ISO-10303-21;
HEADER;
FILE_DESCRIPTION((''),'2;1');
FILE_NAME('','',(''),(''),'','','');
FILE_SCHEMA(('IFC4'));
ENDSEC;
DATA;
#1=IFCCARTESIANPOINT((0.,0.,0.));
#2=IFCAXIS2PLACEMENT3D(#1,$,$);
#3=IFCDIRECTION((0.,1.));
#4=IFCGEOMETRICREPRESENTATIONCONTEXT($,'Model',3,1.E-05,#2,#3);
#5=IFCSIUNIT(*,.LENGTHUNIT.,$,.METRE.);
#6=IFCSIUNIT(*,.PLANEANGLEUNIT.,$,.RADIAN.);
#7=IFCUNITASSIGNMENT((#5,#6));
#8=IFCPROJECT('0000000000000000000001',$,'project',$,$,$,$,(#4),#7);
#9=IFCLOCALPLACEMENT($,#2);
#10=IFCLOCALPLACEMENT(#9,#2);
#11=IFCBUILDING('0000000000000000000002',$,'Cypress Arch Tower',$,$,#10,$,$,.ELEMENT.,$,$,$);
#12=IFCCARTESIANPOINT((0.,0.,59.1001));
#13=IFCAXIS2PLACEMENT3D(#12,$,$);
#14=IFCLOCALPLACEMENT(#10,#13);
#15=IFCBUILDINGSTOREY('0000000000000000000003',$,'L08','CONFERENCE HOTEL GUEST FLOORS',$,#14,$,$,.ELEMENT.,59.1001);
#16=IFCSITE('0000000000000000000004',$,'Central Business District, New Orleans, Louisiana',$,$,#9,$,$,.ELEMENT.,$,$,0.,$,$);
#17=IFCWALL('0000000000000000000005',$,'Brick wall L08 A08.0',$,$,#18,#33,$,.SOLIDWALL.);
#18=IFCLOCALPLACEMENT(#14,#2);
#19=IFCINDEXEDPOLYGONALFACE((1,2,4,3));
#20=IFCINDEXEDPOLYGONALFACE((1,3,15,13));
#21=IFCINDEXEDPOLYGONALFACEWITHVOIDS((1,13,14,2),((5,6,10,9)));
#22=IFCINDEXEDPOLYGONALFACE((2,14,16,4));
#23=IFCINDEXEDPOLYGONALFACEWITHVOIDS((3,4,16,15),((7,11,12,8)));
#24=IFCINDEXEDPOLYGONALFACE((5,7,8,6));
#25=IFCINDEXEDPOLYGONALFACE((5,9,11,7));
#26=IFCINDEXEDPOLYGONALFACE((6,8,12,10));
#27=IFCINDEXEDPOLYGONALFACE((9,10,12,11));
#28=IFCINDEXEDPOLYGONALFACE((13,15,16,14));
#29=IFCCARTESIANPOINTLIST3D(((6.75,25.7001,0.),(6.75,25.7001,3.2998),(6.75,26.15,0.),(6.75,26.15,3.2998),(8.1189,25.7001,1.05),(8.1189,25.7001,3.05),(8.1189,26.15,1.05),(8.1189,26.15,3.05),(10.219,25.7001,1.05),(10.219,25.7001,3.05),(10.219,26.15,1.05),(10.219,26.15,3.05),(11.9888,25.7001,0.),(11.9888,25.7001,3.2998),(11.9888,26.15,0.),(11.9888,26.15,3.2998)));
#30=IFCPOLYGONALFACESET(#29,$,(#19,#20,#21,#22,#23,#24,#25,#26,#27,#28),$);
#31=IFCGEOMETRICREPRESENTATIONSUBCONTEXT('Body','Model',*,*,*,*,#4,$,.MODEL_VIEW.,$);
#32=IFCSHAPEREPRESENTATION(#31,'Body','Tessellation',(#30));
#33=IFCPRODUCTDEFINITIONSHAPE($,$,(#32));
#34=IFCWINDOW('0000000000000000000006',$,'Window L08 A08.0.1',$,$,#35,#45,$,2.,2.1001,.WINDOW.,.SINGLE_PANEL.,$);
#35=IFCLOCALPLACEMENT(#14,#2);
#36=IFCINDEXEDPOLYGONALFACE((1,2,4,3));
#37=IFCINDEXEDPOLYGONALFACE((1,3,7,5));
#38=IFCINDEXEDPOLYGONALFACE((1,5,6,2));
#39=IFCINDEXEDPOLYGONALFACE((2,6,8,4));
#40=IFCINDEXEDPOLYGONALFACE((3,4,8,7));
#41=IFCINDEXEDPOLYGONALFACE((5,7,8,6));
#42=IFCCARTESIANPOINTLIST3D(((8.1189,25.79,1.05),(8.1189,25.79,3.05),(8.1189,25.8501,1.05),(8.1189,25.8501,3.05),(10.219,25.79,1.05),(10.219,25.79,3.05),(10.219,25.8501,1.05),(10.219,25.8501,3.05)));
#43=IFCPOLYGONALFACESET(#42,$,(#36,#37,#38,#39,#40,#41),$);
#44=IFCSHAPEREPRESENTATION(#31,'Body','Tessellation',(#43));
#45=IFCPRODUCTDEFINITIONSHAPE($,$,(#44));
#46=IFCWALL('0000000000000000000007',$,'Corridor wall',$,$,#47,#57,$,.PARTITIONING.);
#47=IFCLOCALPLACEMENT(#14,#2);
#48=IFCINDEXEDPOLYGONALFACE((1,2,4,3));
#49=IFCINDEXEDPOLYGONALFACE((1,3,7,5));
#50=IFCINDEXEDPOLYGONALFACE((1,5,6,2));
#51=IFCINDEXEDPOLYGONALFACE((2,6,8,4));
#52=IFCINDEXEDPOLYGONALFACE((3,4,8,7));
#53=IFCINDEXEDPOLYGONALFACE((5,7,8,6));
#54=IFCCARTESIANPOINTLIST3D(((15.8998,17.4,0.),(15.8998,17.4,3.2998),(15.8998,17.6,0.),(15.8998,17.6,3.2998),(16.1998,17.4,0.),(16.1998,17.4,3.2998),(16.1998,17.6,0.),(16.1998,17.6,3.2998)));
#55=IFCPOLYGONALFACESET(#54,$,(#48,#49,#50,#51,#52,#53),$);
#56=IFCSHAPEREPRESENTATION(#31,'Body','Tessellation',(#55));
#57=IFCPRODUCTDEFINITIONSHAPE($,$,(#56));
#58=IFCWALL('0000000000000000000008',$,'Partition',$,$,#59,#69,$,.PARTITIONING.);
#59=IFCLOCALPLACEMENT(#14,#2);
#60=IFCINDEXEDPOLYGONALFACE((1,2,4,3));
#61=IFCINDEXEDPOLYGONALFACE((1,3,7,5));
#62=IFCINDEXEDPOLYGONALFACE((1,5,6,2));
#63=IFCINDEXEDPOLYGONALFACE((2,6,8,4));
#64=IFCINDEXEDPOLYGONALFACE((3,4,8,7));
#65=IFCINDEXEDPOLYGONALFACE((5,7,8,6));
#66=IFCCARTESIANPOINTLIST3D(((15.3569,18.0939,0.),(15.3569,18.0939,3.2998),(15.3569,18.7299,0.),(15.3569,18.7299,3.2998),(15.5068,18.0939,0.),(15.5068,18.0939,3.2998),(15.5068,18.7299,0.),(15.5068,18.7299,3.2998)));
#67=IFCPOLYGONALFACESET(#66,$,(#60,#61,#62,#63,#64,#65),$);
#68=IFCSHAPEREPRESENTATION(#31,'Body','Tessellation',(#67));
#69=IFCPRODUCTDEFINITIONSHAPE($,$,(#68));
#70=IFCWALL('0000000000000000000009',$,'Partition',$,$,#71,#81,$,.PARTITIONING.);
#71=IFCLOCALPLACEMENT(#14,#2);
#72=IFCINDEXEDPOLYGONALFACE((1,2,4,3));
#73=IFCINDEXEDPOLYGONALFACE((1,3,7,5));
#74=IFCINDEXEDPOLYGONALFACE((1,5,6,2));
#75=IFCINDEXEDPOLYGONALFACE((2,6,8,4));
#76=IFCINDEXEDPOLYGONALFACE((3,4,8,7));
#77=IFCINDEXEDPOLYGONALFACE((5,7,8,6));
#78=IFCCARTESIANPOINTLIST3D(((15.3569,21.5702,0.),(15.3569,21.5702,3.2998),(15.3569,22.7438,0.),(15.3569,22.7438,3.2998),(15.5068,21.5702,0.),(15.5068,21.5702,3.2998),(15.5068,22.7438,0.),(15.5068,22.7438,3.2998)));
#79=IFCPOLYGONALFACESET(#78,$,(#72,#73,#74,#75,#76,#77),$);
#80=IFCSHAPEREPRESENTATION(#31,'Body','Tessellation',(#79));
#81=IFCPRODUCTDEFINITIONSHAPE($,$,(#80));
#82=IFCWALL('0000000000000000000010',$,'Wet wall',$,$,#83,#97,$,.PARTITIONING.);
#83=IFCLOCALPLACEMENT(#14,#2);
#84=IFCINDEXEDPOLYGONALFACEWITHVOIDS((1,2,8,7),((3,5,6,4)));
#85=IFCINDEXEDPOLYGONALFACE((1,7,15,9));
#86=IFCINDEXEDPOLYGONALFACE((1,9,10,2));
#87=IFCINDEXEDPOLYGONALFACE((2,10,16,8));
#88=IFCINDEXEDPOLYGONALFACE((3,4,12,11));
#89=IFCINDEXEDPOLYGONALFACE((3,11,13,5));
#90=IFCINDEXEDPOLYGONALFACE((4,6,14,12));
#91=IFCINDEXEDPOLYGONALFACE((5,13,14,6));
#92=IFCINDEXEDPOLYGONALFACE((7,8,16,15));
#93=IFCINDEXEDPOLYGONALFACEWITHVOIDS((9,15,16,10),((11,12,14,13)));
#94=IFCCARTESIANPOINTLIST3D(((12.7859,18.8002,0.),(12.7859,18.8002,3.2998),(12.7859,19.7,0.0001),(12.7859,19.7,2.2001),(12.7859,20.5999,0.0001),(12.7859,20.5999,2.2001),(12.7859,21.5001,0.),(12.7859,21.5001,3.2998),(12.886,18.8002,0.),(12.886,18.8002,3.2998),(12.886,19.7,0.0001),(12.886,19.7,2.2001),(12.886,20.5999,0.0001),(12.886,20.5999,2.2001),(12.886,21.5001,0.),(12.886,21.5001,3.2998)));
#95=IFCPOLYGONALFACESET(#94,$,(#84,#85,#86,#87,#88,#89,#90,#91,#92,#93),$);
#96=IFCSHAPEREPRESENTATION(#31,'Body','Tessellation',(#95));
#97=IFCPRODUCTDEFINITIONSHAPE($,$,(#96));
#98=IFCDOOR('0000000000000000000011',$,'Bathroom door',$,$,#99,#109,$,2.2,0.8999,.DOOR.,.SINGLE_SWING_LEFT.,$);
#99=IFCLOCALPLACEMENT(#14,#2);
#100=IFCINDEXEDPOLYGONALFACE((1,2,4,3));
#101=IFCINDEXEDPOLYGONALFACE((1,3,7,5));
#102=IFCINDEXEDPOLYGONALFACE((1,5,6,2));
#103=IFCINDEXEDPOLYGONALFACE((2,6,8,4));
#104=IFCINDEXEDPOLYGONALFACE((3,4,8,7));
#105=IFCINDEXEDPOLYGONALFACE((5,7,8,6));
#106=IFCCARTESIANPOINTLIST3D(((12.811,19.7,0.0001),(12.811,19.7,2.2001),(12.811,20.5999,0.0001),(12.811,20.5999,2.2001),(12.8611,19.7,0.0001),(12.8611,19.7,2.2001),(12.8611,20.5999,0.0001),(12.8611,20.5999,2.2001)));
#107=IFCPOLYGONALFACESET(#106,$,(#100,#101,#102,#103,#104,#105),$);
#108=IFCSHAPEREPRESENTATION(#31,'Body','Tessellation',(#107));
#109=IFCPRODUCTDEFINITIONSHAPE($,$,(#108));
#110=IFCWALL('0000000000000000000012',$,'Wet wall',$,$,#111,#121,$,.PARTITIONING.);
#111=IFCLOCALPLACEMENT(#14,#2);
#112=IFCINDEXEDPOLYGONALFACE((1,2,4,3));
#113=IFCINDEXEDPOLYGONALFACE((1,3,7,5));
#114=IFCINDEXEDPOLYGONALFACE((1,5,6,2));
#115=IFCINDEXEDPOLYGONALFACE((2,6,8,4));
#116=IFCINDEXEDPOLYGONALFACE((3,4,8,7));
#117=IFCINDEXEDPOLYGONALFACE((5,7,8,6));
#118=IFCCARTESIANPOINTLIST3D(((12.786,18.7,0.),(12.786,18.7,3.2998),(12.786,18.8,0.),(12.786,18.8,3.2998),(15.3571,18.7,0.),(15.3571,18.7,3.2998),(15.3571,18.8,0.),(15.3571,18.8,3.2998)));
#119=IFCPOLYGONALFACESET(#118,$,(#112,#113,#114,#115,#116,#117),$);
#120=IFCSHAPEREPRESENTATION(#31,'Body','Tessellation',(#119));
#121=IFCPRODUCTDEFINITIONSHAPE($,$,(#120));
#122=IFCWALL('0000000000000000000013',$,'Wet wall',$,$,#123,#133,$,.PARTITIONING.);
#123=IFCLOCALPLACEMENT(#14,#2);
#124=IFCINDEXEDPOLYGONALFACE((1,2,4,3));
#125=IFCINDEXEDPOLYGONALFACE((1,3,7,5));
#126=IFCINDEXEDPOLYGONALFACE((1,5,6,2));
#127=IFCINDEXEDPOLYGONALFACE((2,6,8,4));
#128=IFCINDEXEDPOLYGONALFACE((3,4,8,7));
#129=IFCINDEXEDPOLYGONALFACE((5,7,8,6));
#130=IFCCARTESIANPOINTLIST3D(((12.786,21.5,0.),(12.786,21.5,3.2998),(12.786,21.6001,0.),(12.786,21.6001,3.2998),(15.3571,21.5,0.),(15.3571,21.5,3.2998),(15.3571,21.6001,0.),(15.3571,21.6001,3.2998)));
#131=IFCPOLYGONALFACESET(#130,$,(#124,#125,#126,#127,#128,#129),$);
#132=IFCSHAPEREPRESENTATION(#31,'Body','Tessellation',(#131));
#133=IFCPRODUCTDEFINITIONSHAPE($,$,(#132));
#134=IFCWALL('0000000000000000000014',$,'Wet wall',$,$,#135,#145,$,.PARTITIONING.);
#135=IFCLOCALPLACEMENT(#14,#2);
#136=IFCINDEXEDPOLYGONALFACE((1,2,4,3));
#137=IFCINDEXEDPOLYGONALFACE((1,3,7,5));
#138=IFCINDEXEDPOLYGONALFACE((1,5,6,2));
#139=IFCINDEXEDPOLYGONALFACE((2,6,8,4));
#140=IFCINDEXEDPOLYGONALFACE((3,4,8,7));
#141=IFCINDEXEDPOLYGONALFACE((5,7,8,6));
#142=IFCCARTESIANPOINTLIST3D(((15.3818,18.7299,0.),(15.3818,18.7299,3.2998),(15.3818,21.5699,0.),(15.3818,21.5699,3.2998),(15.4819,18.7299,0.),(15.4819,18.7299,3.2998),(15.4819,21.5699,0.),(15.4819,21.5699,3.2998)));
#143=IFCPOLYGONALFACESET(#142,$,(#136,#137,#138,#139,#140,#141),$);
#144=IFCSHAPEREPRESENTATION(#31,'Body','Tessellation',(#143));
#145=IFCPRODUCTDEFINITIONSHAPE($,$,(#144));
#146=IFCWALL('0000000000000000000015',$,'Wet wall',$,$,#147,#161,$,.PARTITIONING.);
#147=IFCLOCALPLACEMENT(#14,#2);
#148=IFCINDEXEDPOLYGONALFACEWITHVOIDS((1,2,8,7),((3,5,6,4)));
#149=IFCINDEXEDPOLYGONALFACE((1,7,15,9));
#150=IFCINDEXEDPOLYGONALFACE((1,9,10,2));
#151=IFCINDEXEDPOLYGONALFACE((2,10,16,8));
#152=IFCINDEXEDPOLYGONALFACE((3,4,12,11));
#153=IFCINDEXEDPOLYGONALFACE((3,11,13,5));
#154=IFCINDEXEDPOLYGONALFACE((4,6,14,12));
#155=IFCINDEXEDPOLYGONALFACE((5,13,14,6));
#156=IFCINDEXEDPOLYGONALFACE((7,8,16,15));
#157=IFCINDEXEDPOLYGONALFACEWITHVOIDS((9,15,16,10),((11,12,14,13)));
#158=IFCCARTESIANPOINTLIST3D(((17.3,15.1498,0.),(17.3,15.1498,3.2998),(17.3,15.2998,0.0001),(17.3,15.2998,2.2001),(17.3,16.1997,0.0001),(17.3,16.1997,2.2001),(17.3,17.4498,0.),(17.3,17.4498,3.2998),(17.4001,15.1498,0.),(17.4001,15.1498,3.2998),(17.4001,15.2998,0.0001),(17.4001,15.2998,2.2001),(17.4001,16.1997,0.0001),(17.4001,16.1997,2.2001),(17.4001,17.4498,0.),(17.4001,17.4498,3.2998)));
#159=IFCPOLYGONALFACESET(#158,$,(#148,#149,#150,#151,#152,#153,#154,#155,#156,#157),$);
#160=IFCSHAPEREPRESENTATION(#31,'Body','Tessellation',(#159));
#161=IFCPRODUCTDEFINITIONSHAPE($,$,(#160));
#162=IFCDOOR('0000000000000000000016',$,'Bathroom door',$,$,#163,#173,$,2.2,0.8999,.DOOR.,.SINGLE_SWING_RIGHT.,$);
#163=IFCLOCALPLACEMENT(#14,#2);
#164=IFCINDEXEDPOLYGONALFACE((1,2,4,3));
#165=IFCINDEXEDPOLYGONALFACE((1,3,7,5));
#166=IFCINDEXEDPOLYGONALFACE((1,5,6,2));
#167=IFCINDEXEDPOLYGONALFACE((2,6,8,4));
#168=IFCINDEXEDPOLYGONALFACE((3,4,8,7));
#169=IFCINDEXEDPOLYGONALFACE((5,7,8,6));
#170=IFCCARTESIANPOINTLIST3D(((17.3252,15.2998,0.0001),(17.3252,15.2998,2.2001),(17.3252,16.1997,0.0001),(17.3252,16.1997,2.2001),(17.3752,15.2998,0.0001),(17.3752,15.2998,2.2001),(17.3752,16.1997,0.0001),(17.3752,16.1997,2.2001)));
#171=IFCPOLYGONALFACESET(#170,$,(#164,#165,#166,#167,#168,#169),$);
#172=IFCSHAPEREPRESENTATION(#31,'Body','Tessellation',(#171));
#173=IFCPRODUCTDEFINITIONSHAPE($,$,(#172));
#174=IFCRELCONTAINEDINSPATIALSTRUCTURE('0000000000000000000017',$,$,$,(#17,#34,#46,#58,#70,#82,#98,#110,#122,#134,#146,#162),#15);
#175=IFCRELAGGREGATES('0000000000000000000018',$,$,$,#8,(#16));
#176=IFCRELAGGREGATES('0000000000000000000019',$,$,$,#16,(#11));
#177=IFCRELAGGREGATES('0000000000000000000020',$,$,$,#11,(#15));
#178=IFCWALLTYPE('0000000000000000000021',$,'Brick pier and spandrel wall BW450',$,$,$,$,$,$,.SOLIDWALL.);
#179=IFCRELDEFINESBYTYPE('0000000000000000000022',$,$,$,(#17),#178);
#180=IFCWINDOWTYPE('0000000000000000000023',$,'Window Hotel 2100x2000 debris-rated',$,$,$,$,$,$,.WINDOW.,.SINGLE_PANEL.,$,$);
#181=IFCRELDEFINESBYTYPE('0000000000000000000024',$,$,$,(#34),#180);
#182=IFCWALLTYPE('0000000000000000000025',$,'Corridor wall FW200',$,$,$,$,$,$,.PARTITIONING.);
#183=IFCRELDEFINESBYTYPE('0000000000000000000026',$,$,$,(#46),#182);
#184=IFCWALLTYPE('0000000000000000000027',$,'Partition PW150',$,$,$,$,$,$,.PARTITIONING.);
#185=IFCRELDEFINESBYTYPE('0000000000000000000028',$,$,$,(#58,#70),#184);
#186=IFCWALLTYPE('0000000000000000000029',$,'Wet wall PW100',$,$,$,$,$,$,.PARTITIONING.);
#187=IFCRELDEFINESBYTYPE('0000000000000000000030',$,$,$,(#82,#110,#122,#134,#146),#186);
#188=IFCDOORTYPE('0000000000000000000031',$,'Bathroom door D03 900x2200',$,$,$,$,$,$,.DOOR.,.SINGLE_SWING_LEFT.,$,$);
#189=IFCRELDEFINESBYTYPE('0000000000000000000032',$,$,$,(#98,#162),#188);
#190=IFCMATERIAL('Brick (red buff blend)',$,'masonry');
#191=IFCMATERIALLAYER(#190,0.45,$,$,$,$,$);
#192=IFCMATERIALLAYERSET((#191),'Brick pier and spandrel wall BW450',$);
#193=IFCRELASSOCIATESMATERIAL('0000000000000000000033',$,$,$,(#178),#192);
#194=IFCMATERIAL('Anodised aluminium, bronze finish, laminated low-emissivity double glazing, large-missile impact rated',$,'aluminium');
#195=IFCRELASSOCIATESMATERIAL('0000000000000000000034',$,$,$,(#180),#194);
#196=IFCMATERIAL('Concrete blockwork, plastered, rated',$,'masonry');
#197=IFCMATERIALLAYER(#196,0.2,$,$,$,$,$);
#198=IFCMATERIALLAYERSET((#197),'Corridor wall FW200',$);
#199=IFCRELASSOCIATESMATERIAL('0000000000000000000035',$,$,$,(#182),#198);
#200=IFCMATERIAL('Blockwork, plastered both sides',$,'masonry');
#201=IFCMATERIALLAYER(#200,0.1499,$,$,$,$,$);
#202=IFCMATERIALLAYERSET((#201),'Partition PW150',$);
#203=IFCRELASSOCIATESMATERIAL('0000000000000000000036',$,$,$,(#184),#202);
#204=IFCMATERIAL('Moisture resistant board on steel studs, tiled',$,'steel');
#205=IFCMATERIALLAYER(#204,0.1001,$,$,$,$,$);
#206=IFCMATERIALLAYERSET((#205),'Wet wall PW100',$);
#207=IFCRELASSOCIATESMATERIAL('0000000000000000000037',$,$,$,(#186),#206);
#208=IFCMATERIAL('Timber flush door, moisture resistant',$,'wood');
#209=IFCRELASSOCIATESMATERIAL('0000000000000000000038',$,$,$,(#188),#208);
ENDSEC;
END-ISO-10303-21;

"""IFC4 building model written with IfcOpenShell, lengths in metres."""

from ifc_helpers import new_model, si_unit, direction, frame, frame_2d, origin, place, context, subcontext, project, spatial, rectangle, extrude, material, layer, layer_set, type_object, element, fill, save


model = new_model("IFC4")

# Units and contexts
model_context = context("Model", 3, precision=1e-05, world=origin(), true_north=direction((0.0, 1.0)))
body_context = subcontext(model_context, "Body", "Model", "MODEL_VIEW")
ifc_project = project(units=[si_unit("LENGTHUNIT", "METRE"), si_unit("PLANEANGLEUNIT", "RADIAN")], contexts=[model_context])

# Site, building, storey
site_placement = place(None, origin())
site = spatial("IfcSite", under=ifc_project, at=site_placement, Name="Central Business District, New Orleans, Louisiana", CompositionType="ELEMENT", RefElevation=0.0)
building_placement = place(site_placement, origin())
building = spatial("IfcBuilding", under=site, at=building_placement, Name="Cypress Arch Tower", CompositionType="ELEMENT")
storey_placement = place(building_placement, frame((0.0, 0.0, 59.1001)))
storey = spatial("IfcBuildingStorey", under=building, at=storey_placement, Name="L08", Description="CONFERENCE HOTEL GUEST FLOORS", CompositionType="ELEMENT", Elevation=59.1001)

# Shared definitions
ifc_material_1 = material(Name="Brick (red buff blend)", Category="masonry")
ifc_layer_1 = layer(ifc_material_1, 0.45)
ifc_layer_set_1 = layer_set([ifc_layer_1], Name="Brick pier and spandrel wall BW450")
wall_type_1 = type_object("IfcWallType", Name="Brick pier and spandrel wall BW450", PredefinedType="SOLIDWALL", material=ifc_layer_set_1)

# Wall, opening, window
wall_1_placement = place(storey_placement, frame((11.9888, 25.925, 0.0), z_axis=(0.0, 0.0, 1.0), x_axis=(-1.0, 0.0, 0.0)))
wall_1 = element("IfcWall", 1, at=wall_1_placement, inside=storey, type_object=wall_type_1, Name="Brick wall L08 A08.0", PredefinedType="SOLIDWALL", context=body_context, shape_type="SweptSolid", body=[
    extrude(rectangle(XDim=5.2388, YDim=0.45, at=frame_2d((2.6194, 0.0))), origin(), (0.0, 0.0, 1.0), 3.2998),
])
opening_1_placement = place(wall_1_placement, frame((1.7698, 0.0, 1.05)))
opening_1 = element("IfcOpeningElement", 2, at=opening_1_placement, cuts=wall_1, PredefinedType="OPENING", context=body_context, shape_type="SweptSolid", body=[
    extrude(rectangle(XDim=2.1001, YDim=2.0, at=frame_2d((1.05, 1.0))), frame((0.0, 0.2349, 0.0), z_axis=(0.0, -1.0, 0.0), x_axis=(1.0, 0.0, 0.0)), (0.0, 0.0, 1.0), 0.47),
])
ifc_material_2 = material(Name="Anodised aluminium, bronze finish, laminated low-emissivity double glazing, large-missile impact rated", Category="aluminium")
window_type_1 = type_object("IfcWindowType", Name="Window Hotel 2100x2000 debris-rated", PartitioningType="SINGLE_PANEL", PredefinedType="WINDOW", material=ifc_material_2)
window_1_placement = place(opening_1_placement, origin())
window_1 = element("IfcWindow", 3, at=window_1_placement, inside=storey, type_object=window_type_1, Name="Window L08 A08.0.1", OverallHeight=2.0, OverallWidth=2.1001, PartitioningType="SINGLE_PANEL", PredefinedType="WINDOW", context=body_context, shape_type="SweptSolid", body=[
    extrude(rectangle(XDim=2.1001, YDim=2.0, at=frame_2d((1.05, 1.0))), frame((0.0, 0.135, 0.0), z_axis=(0.0, -1.0, 0.0), x_axis=(1.0, 0.0, 0.0)), (0.0, 0.0, 1.0), 0.0601),
])
fill(opening_1, window_1)

# Walls
ifc_material_3 = material(Name="Concrete blockwork, plastered, rated", Category="masonry")
ifc_layer_2 = layer(ifc_material_3, 0.2)
ifc_layer_set_2 = layer_set([ifc_layer_2], Name="Corridor wall FW200")
wall_type_2 = type_object("IfcWallType", Name="Corridor wall FW200", PredefinedType="PARTITIONING", material=ifc_layer_set_2)
wall_2_placement = place(storey_placement, frame((15.8999, 17.5, 0.0), z_axis=(0.0, 0.0, 1.0), x_axis=(1.0, 0.0, 0.0)))
element("IfcWall", 4, at=wall_2_placement, inside=storey, type_object=wall_type_2, Name="Corridor wall", PredefinedType="PARTITIONING", context=body_context, shape_type="SweptSolid", body=[
    extrude(rectangle(XDim=0.3, YDim=0.2, at=frame_2d((0.1499, 0.0))), origin(), (0.0, 0.0, 1.0), 3.2998),
])
ifc_material_4 = material(Name="Blockwork, plastered both sides", Category="masonry")
ifc_layer_3 = layer(ifc_material_4, 0.1499)
ifc_layer_set_3 = layer_set([ifc_layer_3], Name="Partition PW150")
wall_type_3 = type_object("IfcWallType", Name="Partition PW150", PredefinedType="PARTITIONING", material=ifc_layer_set_3)
wall_3_placement = place(storey_placement, frame((15.4319, 18.094, 0.0), z_axis=(0.0, 0.0, 1.0), x_axis=(0.0, 1.0, 0.0)))
element("IfcWall", 5, at=wall_3_placement, inside=storey, type_object=wall_type_3, Name="Partition", PredefinedType="PARTITIONING", context=body_context, shape_type="SweptSolid", body=[
    extrude(rectangle(XDim=0.636, YDim=0.1499, at=frame_2d((0.3179, 0.0))), origin(), (0.0, 0.0, 1.0), 3.2998),
])
wall_4_placement = place(storey_placement, frame((15.4319, 21.5701, 0.0), z_axis=(0.0, 0.0, 1.0), x_axis=(0.0, 1.0, 0.0)))
element("IfcWall", 6, at=wall_4_placement, inside=storey, type_object=wall_type_3, Name="Partition", PredefinedType="PARTITIONING", context=body_context, shape_type="SweptSolid", body=[
    extrude(rectangle(XDim=1.1736, YDim=0.1499, at=frame_2d((0.5869, 0.0))), origin(), (0.0, 0.0, 1.0), 3.2998),
])

# Wall, opening, door
ifc_material_5 = material(Name="Moisture resistant board on steel studs, tiled", Category="steel")
ifc_layer_4 = layer(ifc_material_5, 0.1001)
ifc_layer_set_4 = layer_set([ifc_layer_4], Name="Wet wall PW100")
wall_type_4 = type_object("IfcWallType", Name="Wet wall PW100", PredefinedType="PARTITIONING", material=ifc_layer_set_4)
wall_5_placement = place(storey_placement, frame((12.8359, 18.8, 0.0), z_axis=(0.0, 0.0, 1.0), x_axis=(0.0, 1.0, 0.0)))
wall_5 = element("IfcWall", 7, at=wall_5_placement, inside=storey, type_object=wall_type_4, Name="Wet wall", PredefinedType="PARTITIONING", context=body_context, shape_type="SweptSolid", body=[
    extrude(rectangle(XDim=2.7, YDim=0.1001, at=frame_2d((1.3501, 0.0))), origin(), (0.0, 0.0, 1.0), 3.2998),
])
opening_2_placement = place(wall_5_placement, frame((0.8999, 0.0, 0.0)))
opening_2 = element("IfcOpeningElement", 8, at=opening_2_placement, cuts=wall_5, PredefinedType="OPENING", context=body_context, shape_type="SweptSolid", body=[
    extrude(rectangle(XDim=0.8999, YDim=2.2, at=frame_2d((0.45, 1.1001))), frame((0.0, 0.0601, 0.0), z_axis=(0.0, -1.0, 0.0), x_axis=(1.0, 0.0, 0.0)), (0.0, 0.0, 1.0), 0.1201),
])
ifc_material_6 = material(Name="Timber flush door, moisture resistant", Category="wood")
door_type_1 = type_object("IfcDoorType", Name="Bathroom door D03 900x2200", OperationType="SINGLE_SWING_LEFT", PredefinedType="DOOR", material=ifc_material_6)
door_1_placement = place(opening_2_placement, origin())
door_1 = element("IfcDoor", 9, at=door_1_placement, inside=storey, type_object=door_type_1, Name="Bathroom door", OperationType="SINGLE_SWING_LEFT", OverallHeight=2.2, OverallWidth=0.8999, PredefinedType="DOOR", context=body_context, shape_type="SweptSolid", body=[
    extrude(rectangle(XDim=0.8999, YDim=2.2, at=frame_2d((0.45, 1.1001))), frame((0.0, 0.0249, 0.0), z_axis=(0.0, -1.0, 0.0), x_axis=(1.0, 0.0, 0.0)), (0.0, 0.0, 1.0), 0.05),
])
fill(opening_2, door_1)

# Walls
for number, where, z_axis, x_axis, name in (
    (10, (12.7859, 18.75, 0.0), (0.0, 0.0, 1.0), (1.0, 0.0, 0.0), "Wet wall"),
    (11, (12.7859, 21.55, 0.0), (0.0, 0.0, 1.0), (1.0, 0.0, 0.0), "Wet wall"),
):
    element("IfcWall", number, at=place(storey_placement, frame(where, z_axis=z_axis, x_axis=x_axis)), inside=storey, type_object=wall_type_4, Name=name, PredefinedType="PARTITIONING", context=body_context, shape_type="SweptSolid", body=[
        extrude(rectangle(XDim=2.571, YDim=0.1001, at=frame_2d((1.2856, 0.0))), origin(), (0.0, 0.0, 1.0), 3.2998),
    ])
wall_6_placement = place(storey_placement, frame((15.4319, 18.73, 0.0), z_axis=(0.0, 0.0, 1.0), x_axis=(0.0, 1.0, 0.0)))
element("IfcWall", 12, at=wall_6_placement, inside=storey, type_object=wall_type_4, Name="Wet wall", PredefinedType="PARTITIONING", context=body_context, shape_type="SweptSolid", body=[
    extrude(rectangle(XDim=2.8401, YDim=0.1001, at=frame_2d((1.4199, 0.0))), origin(), (0.0, 0.0, 1.0), 3.2998),
])

# Wall, opening, door
wall_7_placement = place(storey_placement, frame((17.3501, 15.1499, 0.0), z_axis=(0.0, 0.0, 1.0), x_axis=(0.0, 1.0, 0.0)))
wall_7 = element("IfcWall", 13, at=wall_7_placement, inside=storey, type_object=wall_type_4, Name="Wet wall", PredefinedType="PARTITIONING", context=body_context, shape_type="SweptSolid", body=[
    extrude(rectangle(XDim=2.3, YDim=0.1001, at=frame_2d((1.1499, 0.0))), origin(), (0.0, 0.0, 1.0), 3.2998),
])
opening_3_placement = place(wall_7_placement, frame((0.1499, 0.0, 0.0)))
opening_3 = element("IfcOpeningElement", 14, at=opening_3_placement, cuts=wall_7, PredefinedType="OPENING", context=body_context, shape_type="SweptSolid", body=[
    extrude(rectangle(XDim=0.8999, YDim=2.2, at=frame_2d((0.45, 1.1001))), frame((0.0, 0.0601, 0.0), z_axis=(0.0, -1.0, 0.0), x_axis=(1.0, 0.0, 0.0)), (0.0, 0.0, 1.0), 0.1201),
])
door_2_placement = place(opening_3_placement, origin())
door_2 = element("IfcDoor", 15, at=door_2_placement, inside=storey, type_object=door_type_1, Name="Bathroom door", OperationType="SINGLE_SWING_RIGHT", OverallHeight=2.2, OverallWidth=0.8999, PredefinedType="DOOR", context=body_context, shape_type="SweptSolid", body=[
    extrude(rectangle(XDim=0.8999, YDim=2.2, at=frame_2d((0.45, 1.1001))), frame((0.0, 0.0249, 0.0), z_axis=(0.0, -1.0, 0.0), x_axis=(1.0, 0.0, 0.0)), (0.0, 0.0, 1.0), 0.05),
])
fill(opening_3, door_2)

save(model, "model.ifc")
